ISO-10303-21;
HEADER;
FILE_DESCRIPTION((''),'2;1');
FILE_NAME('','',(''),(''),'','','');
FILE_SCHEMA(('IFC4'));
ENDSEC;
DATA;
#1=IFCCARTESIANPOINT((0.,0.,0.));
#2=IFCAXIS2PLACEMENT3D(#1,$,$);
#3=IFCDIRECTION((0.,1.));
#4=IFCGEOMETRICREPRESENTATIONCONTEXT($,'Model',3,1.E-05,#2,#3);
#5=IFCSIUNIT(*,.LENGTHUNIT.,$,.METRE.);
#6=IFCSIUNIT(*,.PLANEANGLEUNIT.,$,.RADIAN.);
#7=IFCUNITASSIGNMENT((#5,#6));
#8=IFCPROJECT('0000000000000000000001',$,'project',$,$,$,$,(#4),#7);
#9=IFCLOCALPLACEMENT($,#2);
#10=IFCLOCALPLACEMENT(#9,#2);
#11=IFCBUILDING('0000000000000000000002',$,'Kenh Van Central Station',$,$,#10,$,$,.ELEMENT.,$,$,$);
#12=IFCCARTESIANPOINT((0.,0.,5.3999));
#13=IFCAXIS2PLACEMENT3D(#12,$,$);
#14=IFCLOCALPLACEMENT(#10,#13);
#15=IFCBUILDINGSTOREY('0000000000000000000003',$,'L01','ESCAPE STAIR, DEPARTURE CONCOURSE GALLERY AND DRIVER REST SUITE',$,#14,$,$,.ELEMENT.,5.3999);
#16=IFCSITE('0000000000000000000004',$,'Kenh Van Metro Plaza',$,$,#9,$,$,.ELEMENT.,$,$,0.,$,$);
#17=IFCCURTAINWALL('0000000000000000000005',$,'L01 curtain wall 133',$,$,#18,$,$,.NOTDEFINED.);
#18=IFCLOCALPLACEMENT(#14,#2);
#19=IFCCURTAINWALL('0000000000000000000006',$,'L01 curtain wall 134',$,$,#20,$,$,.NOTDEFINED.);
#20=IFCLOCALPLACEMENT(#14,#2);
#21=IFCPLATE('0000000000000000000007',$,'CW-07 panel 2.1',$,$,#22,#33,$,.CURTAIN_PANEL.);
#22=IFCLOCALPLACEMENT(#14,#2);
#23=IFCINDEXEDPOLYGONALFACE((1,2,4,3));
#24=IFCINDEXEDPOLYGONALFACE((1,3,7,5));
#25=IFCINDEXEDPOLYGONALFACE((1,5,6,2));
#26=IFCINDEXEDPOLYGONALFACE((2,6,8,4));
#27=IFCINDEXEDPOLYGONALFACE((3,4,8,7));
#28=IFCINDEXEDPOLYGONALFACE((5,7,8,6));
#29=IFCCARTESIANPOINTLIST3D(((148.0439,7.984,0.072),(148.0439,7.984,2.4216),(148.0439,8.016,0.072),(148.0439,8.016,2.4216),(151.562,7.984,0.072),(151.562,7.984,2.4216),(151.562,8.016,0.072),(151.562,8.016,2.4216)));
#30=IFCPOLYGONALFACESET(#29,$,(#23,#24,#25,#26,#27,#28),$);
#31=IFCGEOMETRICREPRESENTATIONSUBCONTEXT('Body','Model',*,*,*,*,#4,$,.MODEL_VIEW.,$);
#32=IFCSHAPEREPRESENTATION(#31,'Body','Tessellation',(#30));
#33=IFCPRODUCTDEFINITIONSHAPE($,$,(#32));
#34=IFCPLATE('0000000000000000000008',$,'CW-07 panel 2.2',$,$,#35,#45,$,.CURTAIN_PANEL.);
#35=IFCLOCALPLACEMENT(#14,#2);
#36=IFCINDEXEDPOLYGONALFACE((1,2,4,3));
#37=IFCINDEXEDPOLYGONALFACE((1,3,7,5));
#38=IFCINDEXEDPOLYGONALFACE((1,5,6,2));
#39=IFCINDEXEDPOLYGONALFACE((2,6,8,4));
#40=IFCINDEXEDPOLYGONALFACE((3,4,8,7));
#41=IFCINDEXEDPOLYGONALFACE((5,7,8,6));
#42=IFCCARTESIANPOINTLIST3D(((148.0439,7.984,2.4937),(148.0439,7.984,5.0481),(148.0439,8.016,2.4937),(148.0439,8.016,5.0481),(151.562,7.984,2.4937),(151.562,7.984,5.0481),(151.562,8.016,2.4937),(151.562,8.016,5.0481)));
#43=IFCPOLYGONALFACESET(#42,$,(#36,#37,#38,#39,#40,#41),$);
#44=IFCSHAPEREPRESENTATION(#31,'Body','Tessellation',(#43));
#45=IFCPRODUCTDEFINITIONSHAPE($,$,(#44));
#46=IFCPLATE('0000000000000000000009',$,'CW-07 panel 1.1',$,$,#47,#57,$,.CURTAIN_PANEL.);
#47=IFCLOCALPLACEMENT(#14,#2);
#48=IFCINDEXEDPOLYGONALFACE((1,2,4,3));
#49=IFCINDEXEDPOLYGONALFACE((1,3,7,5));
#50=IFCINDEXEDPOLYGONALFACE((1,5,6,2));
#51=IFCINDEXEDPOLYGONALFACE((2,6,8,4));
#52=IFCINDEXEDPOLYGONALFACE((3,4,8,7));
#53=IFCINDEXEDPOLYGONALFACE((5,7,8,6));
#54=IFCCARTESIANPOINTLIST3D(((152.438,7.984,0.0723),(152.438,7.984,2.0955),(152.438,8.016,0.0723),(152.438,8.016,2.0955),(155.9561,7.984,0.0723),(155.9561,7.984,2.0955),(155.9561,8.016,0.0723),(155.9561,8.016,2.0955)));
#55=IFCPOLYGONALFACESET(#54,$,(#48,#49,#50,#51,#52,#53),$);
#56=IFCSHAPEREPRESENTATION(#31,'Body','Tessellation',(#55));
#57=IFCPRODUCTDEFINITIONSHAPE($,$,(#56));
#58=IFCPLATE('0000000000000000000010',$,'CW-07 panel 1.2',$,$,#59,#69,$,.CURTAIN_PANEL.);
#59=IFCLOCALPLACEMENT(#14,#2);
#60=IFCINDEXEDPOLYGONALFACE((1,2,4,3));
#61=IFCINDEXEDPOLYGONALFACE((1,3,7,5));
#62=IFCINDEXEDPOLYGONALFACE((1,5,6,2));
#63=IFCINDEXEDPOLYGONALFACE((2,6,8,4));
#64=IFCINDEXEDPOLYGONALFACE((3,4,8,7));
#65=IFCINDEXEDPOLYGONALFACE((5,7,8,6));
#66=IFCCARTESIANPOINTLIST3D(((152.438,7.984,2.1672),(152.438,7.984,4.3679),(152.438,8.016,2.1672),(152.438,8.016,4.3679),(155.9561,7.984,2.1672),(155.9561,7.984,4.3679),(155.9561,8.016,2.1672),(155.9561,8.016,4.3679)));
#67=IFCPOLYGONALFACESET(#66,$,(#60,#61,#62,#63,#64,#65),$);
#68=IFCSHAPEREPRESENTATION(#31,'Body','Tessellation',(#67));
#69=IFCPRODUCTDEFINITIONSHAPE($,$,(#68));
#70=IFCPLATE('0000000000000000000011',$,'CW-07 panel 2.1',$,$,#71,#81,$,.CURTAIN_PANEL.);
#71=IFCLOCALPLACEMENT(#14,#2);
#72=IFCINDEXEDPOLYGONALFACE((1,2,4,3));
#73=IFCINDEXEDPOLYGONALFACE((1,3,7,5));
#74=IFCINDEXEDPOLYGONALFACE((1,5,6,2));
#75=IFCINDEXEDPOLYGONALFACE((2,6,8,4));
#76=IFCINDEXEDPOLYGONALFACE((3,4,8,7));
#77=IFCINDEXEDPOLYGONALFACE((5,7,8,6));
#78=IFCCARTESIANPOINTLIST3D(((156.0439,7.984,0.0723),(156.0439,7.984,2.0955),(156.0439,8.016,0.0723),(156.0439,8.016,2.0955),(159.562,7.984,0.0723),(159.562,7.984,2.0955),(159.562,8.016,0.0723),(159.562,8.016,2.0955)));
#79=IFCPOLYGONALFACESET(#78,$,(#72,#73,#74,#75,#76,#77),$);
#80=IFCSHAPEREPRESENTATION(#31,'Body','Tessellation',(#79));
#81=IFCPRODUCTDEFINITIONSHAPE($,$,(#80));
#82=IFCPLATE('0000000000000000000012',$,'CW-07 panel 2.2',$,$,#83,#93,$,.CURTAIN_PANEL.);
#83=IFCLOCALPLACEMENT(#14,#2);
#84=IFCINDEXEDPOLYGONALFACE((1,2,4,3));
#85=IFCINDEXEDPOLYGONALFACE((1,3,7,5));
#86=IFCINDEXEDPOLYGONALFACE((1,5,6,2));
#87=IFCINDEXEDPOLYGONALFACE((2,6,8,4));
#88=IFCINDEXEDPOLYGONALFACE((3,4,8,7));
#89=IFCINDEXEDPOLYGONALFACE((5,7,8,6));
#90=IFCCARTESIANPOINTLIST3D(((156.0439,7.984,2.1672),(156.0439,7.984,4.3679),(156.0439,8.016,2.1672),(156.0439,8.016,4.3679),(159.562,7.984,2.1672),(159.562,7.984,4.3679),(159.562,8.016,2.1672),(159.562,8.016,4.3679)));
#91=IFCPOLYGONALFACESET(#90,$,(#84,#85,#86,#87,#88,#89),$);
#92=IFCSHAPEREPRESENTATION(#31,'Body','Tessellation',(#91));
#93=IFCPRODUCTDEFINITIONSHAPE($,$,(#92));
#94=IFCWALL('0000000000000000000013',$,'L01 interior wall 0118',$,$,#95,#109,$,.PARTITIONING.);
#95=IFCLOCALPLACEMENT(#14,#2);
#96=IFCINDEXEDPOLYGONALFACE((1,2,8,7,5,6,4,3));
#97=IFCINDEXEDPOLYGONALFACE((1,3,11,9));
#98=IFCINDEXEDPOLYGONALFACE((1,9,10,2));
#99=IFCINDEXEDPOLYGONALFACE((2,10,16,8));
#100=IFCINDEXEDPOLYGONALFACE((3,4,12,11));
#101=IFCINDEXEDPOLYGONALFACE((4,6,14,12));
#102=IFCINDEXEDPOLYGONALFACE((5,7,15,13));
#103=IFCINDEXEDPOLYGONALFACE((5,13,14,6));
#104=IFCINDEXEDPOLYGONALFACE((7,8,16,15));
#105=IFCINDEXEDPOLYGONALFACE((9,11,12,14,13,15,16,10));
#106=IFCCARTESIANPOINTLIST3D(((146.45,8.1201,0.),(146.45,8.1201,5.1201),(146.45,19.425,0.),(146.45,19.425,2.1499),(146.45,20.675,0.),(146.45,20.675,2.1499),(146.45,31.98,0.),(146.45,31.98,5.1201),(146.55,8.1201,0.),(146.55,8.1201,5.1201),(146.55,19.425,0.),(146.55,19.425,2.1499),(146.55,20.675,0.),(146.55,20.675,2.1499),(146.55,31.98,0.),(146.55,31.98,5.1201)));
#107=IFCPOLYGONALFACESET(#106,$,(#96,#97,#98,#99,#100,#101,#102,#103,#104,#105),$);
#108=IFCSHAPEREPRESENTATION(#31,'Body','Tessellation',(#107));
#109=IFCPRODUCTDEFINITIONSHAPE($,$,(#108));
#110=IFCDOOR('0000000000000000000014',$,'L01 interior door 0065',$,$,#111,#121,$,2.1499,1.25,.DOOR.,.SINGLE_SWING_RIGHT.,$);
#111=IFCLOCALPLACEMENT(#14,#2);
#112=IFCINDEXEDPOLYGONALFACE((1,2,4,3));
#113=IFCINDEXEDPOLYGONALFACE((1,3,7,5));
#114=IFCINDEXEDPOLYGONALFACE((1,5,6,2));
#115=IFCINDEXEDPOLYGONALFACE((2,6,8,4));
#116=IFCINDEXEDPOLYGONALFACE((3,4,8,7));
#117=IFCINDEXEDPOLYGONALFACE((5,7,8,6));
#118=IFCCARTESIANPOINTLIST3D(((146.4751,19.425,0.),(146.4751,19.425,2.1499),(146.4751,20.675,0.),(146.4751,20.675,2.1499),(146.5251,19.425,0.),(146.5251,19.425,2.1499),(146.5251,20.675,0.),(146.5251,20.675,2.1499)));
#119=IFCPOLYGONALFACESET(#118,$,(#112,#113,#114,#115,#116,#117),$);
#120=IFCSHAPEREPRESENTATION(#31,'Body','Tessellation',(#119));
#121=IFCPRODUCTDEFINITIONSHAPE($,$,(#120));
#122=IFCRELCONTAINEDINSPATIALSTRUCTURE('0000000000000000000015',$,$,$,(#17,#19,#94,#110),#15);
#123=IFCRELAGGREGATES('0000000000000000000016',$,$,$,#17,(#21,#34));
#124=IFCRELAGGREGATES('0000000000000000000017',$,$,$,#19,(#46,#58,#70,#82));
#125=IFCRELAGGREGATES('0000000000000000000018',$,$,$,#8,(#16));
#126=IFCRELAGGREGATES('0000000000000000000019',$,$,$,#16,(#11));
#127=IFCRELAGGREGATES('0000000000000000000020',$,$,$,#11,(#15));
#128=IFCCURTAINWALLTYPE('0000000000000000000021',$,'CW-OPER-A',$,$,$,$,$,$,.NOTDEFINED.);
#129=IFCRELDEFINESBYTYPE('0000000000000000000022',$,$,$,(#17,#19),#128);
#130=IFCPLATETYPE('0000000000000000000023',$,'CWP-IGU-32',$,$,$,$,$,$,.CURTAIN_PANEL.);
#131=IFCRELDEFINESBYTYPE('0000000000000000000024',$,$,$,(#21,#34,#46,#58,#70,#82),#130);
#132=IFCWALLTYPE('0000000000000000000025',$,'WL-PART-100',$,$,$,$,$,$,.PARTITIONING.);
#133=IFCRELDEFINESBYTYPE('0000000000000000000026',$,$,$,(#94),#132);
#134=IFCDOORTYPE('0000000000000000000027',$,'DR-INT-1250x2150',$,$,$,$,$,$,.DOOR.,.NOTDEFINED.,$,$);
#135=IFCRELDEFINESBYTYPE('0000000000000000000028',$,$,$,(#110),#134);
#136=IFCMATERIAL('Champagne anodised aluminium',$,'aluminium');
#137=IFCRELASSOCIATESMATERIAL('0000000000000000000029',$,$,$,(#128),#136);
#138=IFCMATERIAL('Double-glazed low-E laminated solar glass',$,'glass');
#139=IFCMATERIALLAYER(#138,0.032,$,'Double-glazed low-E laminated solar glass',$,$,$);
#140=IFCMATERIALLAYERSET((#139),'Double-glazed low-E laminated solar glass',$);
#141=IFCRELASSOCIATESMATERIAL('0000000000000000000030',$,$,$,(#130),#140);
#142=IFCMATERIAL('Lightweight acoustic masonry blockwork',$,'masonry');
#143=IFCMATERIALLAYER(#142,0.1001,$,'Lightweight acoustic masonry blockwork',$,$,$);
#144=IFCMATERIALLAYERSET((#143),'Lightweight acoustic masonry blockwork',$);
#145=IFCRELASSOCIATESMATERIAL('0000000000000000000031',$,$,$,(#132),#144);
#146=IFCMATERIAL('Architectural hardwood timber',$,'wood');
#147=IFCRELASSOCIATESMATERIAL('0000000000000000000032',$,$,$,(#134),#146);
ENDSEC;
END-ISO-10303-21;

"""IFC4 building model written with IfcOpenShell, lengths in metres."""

from ifc_helpers import new_model, si_unit, direction, frame, frame_2d, origin, origin_2d, place, context, subcontext, project, spatial, rectangle, extrude, material, layer, layer_set, type_object, element, fill, aggregate, save


model = new_model("IFC4")

# Units and contexts
model_context = context("Model", 3, precision=1e-05, world=origin(), true_north=direction((0.0, 1.0)))
body_context = subcontext(model_context, "Body", "Model", "MODEL_VIEW")
ifc_project = project(units=[si_unit("LENGTHUNIT", "METRE"), si_unit("PLANEANGLEUNIT", "RADIAN")], contexts=[model_context])

# Site, building, storey
site_placement = place(None, origin())
site = spatial("IfcSite", under=ifc_project, at=site_placement, Name="Kenh Van Metro Plaza", CompositionType="ELEMENT", RefElevation=0.0)
building_placement = place(site_placement, origin())
building = spatial("IfcBuilding", under=site, at=building_placement, Name="Kenh Van Central Station", CompositionType="ELEMENT")
storey_placement = place(building_placement, frame((0.0, 0.0, 5.3999)))
storey = spatial("IfcBuildingStorey", under=building, at=storey_placement, Name="L01", Description="ESCAPE STAIR, DEPARTURE CONCOURSE GALLERY AND DRIVER REST SUITE", CompositionType="ELEMENT", Elevation=5.3999)

# Curtain walls
ifc_material_1 = material(Name="Champagne anodised aluminium", Category="aluminium")
curtain_wall_type = type_object("IfcCurtainWallType", Name="CW-OPER-A", PredefinedType="NOTDEFINED", material=ifc_material_1)
curtain_wall_1_placement = place(storey_placement, origin())
curtain_wall_1 = element("IfcCurtainWall", 1, at=curtain_wall_1_placement, inside=storey, type_object=curtain_wall_type, Name="L01 curtain wall 133", PredefinedType="NOTDEFINED")
curtain_wall_2_placement = place(storey_placement, origin())
curtain_wall_2 = element("IfcCurtainWall", 2, at=curtain_wall_2_placement, inside=storey, type_object=curtain_wall_type, Name="L01 curtain wall 134", PredefinedType="NOTDEFINED")

# Plates
ifc_material_2 = material(Name="Double-glazed low-E laminated solar glass", Category="glass")
ifc_layer_1 = layer(ifc_material_2, 0.032, Name="Double-glazed low-E laminated solar glass")
ifc_layer_set_1 = layer_set([ifc_layer_1], Name="Double-glazed low-E laminated solar glass")
plate_type = type_object("IfcPlateType", Name="CWP-IGU-32", PredefinedType="CURTAIN_PANEL", material=ifc_layer_set_1)
plate_1_placement = place(storey_placement, frame((149.803, 8.0, 0.072), z_axis=(0.0, 0.0, 1.0), x_axis=(1.0, 0.0, 0.0)))
plate_1 = element("IfcPlate", 3, at=plate_1_placement, type_object=plate_type, Name="CW-07 panel 2.1", PredefinedType="CURTAIN_PANEL", context=body_context, shape_type="SweptSolid", body=[
    extrude(rectangle(XDim=3.5181, YDim=0.032, at=origin_2d()), origin(), (0.0, 0.0, 1.0), 2.3496),
])
plate_2_placement = place(storey_placement, frame((149.803, 8.0, 2.4937), z_axis=(0.0, 0.0, 1.0), x_axis=(1.0, 0.0, 0.0)))
plate_2 = element("IfcPlate", 4, at=plate_2_placement, type_object=plate_type, Name="CW-07 panel 2.2", PredefinedType="CURTAIN_PANEL", context=body_context, shape_type="SweptSolid", body=[
    extrude(rectangle(XDim=3.5181, YDim=0.032, at=origin_2d()), origin(), (0.0, 0.0, 1.0), 2.5544),
])
aggregate(curtain_wall_1, [plate_1, plate_2])
plate_3_placement = place(storey_placement, frame((154.197, 8.0, 0.0723), z_axis=(0.0, 0.0, 1.0), x_axis=(1.0, 0.0, 0.0)))
plate_3 = element("IfcPlate", 5, at=plate_3_placement, type_object=plate_type, Name="CW-07 panel 1.1", PredefinedType="CURTAIN_PANEL", context=body_context, shape_type="SweptSolid", body=[
    extrude(rectangle(XDim=3.5181, YDim=0.032, at=origin_2d()), origin(), (0.0, 0.0, 1.0), 2.0232),
])
plate_4_placement = place(storey_placement, frame((154.197, 8.0, 2.1672), z_axis=(0.0, 0.0, 1.0), x_axis=(1.0, 0.0, 0.0)))
plate_4 = element("IfcPlate", 6, at=plate_4_placement, type_object=plate_type, Name="CW-07 panel 1.2", PredefinedType="CURTAIN_PANEL", context=body_context, shape_type="SweptSolid", body=[
    extrude(rectangle(XDim=3.5181, YDim=0.032, at=origin_2d()), origin(), (0.0, 0.0, 1.0), 2.2007),
])
plate_5_placement = place(storey_placement, frame((157.803, 8.0, 0.0723), z_axis=(0.0, 0.0, 1.0), x_axis=(1.0, 0.0, 0.0)))
plate_5 = element("IfcPlate", 7, at=plate_5_placement, type_object=plate_type, Name="CW-07 panel 2.1", PredefinedType="CURTAIN_PANEL", context=body_context, shape_type="SweptSolid", body=[
    extrude(rectangle(XDim=3.5181, YDim=0.032, at=origin_2d()), origin(), (0.0, 0.0, 1.0), 2.0232),
])
plate_6_placement = place(storey_placement, frame((157.803, 8.0, 2.1672), z_axis=(0.0, 0.0, 1.0), x_axis=(1.0, 0.0, 0.0)))
plate_6 = element("IfcPlate", 8, at=plate_6_placement, type_object=plate_type, Name="CW-07 panel 2.2", PredefinedType="CURTAIN_PANEL", context=body_context, shape_type="SweptSolid", body=[
    extrude(rectangle(XDim=3.5181, YDim=0.032, at=origin_2d()), origin(), (0.0, 0.0, 1.0), 2.2007),
])
aggregate(curtain_wall_2, [plate_3, plate_4, plate_5, plate_6])

# Wall, opening, door
ifc_material_3 = material(Name="Lightweight acoustic masonry blockwork", Category="masonry")
ifc_layer_2 = layer(ifc_material_3, 0.1001, Name="Lightweight acoustic masonry blockwork")
ifc_layer_set_2 = layer_set([ifc_layer_2], Name="Lightweight acoustic masonry blockwork")
wall_type = type_object("IfcWallType", Name="WL-PART-100", PredefinedType="PARTITIONING", material=ifc_layer_set_2)
wall_placement = place(storey_placement, frame((146.5, 8.1201, 0.0), z_axis=(0.0, 0.0, 1.0), x_axis=(0.0, 1.0, 0.0)))
wall = element("IfcWall", 9, at=wall_placement, inside=storey, type_object=wall_type, Name="L01 interior wall 0118", PredefinedType="PARTITIONING", context=body_context, shape_type="SweptSolid", body=[
    extrude(rectangle(XDim=23.8599, YDim=0.1001, at=frame_2d((11.9299, 0.0))), origin(), (0.0, 0.0, 1.0), 5.1201),
])
opening_placement = place(wall_placement, frame((11.3049, 0.0, 0.0)))
opening = element("IfcOpeningElement", 10, at=opening_placement, cuts=wall, PredefinedType="OPENING", context=body_context, shape_type="SweptSolid", body=[
    extrude(rectangle(XDim=1.25, YDim=2.1499, at=frame_2d((0.625, 1.075))), frame((0.0, 0.0601, 0.0), z_axis=(0.0, -1.0, 0.0), x_axis=(1.0, 0.0, 0.0)), (0.0, 0.0, 1.0), 0.1201),
])
ifc_material_4 = material(Name="Architectural hardwood timber", Category="wood")
door_type = type_object("IfcDoorType", Name="DR-INT-1250x2150", OperationType="NOTDEFINED", PredefinedType="DOOR", material=ifc_material_4)
door_placement = place(opening_placement, origin())
door = element("IfcDoor", 11, at=door_placement, inside=storey, type_object=door_type, Name="L01 interior door 0065", OperationType="SINGLE_SWING_RIGHT", OverallHeight=2.1499, OverallWidth=1.25, PredefinedType="DOOR", context=body_context, shape_type="SweptSolid", body=[
    extrude(rectangle(XDim=1.25, YDim=2.1499, at=frame_2d((0.625, 1.075))), frame((0.0, 0.0249, 0.0), z_axis=(0.0, -1.0, 0.0), x_axis=(1.0, 0.0, 0.0)), (0.0, 0.0, 1.0), 0.05),
])
fill(opening, door)

save(model, "model.ifc")
